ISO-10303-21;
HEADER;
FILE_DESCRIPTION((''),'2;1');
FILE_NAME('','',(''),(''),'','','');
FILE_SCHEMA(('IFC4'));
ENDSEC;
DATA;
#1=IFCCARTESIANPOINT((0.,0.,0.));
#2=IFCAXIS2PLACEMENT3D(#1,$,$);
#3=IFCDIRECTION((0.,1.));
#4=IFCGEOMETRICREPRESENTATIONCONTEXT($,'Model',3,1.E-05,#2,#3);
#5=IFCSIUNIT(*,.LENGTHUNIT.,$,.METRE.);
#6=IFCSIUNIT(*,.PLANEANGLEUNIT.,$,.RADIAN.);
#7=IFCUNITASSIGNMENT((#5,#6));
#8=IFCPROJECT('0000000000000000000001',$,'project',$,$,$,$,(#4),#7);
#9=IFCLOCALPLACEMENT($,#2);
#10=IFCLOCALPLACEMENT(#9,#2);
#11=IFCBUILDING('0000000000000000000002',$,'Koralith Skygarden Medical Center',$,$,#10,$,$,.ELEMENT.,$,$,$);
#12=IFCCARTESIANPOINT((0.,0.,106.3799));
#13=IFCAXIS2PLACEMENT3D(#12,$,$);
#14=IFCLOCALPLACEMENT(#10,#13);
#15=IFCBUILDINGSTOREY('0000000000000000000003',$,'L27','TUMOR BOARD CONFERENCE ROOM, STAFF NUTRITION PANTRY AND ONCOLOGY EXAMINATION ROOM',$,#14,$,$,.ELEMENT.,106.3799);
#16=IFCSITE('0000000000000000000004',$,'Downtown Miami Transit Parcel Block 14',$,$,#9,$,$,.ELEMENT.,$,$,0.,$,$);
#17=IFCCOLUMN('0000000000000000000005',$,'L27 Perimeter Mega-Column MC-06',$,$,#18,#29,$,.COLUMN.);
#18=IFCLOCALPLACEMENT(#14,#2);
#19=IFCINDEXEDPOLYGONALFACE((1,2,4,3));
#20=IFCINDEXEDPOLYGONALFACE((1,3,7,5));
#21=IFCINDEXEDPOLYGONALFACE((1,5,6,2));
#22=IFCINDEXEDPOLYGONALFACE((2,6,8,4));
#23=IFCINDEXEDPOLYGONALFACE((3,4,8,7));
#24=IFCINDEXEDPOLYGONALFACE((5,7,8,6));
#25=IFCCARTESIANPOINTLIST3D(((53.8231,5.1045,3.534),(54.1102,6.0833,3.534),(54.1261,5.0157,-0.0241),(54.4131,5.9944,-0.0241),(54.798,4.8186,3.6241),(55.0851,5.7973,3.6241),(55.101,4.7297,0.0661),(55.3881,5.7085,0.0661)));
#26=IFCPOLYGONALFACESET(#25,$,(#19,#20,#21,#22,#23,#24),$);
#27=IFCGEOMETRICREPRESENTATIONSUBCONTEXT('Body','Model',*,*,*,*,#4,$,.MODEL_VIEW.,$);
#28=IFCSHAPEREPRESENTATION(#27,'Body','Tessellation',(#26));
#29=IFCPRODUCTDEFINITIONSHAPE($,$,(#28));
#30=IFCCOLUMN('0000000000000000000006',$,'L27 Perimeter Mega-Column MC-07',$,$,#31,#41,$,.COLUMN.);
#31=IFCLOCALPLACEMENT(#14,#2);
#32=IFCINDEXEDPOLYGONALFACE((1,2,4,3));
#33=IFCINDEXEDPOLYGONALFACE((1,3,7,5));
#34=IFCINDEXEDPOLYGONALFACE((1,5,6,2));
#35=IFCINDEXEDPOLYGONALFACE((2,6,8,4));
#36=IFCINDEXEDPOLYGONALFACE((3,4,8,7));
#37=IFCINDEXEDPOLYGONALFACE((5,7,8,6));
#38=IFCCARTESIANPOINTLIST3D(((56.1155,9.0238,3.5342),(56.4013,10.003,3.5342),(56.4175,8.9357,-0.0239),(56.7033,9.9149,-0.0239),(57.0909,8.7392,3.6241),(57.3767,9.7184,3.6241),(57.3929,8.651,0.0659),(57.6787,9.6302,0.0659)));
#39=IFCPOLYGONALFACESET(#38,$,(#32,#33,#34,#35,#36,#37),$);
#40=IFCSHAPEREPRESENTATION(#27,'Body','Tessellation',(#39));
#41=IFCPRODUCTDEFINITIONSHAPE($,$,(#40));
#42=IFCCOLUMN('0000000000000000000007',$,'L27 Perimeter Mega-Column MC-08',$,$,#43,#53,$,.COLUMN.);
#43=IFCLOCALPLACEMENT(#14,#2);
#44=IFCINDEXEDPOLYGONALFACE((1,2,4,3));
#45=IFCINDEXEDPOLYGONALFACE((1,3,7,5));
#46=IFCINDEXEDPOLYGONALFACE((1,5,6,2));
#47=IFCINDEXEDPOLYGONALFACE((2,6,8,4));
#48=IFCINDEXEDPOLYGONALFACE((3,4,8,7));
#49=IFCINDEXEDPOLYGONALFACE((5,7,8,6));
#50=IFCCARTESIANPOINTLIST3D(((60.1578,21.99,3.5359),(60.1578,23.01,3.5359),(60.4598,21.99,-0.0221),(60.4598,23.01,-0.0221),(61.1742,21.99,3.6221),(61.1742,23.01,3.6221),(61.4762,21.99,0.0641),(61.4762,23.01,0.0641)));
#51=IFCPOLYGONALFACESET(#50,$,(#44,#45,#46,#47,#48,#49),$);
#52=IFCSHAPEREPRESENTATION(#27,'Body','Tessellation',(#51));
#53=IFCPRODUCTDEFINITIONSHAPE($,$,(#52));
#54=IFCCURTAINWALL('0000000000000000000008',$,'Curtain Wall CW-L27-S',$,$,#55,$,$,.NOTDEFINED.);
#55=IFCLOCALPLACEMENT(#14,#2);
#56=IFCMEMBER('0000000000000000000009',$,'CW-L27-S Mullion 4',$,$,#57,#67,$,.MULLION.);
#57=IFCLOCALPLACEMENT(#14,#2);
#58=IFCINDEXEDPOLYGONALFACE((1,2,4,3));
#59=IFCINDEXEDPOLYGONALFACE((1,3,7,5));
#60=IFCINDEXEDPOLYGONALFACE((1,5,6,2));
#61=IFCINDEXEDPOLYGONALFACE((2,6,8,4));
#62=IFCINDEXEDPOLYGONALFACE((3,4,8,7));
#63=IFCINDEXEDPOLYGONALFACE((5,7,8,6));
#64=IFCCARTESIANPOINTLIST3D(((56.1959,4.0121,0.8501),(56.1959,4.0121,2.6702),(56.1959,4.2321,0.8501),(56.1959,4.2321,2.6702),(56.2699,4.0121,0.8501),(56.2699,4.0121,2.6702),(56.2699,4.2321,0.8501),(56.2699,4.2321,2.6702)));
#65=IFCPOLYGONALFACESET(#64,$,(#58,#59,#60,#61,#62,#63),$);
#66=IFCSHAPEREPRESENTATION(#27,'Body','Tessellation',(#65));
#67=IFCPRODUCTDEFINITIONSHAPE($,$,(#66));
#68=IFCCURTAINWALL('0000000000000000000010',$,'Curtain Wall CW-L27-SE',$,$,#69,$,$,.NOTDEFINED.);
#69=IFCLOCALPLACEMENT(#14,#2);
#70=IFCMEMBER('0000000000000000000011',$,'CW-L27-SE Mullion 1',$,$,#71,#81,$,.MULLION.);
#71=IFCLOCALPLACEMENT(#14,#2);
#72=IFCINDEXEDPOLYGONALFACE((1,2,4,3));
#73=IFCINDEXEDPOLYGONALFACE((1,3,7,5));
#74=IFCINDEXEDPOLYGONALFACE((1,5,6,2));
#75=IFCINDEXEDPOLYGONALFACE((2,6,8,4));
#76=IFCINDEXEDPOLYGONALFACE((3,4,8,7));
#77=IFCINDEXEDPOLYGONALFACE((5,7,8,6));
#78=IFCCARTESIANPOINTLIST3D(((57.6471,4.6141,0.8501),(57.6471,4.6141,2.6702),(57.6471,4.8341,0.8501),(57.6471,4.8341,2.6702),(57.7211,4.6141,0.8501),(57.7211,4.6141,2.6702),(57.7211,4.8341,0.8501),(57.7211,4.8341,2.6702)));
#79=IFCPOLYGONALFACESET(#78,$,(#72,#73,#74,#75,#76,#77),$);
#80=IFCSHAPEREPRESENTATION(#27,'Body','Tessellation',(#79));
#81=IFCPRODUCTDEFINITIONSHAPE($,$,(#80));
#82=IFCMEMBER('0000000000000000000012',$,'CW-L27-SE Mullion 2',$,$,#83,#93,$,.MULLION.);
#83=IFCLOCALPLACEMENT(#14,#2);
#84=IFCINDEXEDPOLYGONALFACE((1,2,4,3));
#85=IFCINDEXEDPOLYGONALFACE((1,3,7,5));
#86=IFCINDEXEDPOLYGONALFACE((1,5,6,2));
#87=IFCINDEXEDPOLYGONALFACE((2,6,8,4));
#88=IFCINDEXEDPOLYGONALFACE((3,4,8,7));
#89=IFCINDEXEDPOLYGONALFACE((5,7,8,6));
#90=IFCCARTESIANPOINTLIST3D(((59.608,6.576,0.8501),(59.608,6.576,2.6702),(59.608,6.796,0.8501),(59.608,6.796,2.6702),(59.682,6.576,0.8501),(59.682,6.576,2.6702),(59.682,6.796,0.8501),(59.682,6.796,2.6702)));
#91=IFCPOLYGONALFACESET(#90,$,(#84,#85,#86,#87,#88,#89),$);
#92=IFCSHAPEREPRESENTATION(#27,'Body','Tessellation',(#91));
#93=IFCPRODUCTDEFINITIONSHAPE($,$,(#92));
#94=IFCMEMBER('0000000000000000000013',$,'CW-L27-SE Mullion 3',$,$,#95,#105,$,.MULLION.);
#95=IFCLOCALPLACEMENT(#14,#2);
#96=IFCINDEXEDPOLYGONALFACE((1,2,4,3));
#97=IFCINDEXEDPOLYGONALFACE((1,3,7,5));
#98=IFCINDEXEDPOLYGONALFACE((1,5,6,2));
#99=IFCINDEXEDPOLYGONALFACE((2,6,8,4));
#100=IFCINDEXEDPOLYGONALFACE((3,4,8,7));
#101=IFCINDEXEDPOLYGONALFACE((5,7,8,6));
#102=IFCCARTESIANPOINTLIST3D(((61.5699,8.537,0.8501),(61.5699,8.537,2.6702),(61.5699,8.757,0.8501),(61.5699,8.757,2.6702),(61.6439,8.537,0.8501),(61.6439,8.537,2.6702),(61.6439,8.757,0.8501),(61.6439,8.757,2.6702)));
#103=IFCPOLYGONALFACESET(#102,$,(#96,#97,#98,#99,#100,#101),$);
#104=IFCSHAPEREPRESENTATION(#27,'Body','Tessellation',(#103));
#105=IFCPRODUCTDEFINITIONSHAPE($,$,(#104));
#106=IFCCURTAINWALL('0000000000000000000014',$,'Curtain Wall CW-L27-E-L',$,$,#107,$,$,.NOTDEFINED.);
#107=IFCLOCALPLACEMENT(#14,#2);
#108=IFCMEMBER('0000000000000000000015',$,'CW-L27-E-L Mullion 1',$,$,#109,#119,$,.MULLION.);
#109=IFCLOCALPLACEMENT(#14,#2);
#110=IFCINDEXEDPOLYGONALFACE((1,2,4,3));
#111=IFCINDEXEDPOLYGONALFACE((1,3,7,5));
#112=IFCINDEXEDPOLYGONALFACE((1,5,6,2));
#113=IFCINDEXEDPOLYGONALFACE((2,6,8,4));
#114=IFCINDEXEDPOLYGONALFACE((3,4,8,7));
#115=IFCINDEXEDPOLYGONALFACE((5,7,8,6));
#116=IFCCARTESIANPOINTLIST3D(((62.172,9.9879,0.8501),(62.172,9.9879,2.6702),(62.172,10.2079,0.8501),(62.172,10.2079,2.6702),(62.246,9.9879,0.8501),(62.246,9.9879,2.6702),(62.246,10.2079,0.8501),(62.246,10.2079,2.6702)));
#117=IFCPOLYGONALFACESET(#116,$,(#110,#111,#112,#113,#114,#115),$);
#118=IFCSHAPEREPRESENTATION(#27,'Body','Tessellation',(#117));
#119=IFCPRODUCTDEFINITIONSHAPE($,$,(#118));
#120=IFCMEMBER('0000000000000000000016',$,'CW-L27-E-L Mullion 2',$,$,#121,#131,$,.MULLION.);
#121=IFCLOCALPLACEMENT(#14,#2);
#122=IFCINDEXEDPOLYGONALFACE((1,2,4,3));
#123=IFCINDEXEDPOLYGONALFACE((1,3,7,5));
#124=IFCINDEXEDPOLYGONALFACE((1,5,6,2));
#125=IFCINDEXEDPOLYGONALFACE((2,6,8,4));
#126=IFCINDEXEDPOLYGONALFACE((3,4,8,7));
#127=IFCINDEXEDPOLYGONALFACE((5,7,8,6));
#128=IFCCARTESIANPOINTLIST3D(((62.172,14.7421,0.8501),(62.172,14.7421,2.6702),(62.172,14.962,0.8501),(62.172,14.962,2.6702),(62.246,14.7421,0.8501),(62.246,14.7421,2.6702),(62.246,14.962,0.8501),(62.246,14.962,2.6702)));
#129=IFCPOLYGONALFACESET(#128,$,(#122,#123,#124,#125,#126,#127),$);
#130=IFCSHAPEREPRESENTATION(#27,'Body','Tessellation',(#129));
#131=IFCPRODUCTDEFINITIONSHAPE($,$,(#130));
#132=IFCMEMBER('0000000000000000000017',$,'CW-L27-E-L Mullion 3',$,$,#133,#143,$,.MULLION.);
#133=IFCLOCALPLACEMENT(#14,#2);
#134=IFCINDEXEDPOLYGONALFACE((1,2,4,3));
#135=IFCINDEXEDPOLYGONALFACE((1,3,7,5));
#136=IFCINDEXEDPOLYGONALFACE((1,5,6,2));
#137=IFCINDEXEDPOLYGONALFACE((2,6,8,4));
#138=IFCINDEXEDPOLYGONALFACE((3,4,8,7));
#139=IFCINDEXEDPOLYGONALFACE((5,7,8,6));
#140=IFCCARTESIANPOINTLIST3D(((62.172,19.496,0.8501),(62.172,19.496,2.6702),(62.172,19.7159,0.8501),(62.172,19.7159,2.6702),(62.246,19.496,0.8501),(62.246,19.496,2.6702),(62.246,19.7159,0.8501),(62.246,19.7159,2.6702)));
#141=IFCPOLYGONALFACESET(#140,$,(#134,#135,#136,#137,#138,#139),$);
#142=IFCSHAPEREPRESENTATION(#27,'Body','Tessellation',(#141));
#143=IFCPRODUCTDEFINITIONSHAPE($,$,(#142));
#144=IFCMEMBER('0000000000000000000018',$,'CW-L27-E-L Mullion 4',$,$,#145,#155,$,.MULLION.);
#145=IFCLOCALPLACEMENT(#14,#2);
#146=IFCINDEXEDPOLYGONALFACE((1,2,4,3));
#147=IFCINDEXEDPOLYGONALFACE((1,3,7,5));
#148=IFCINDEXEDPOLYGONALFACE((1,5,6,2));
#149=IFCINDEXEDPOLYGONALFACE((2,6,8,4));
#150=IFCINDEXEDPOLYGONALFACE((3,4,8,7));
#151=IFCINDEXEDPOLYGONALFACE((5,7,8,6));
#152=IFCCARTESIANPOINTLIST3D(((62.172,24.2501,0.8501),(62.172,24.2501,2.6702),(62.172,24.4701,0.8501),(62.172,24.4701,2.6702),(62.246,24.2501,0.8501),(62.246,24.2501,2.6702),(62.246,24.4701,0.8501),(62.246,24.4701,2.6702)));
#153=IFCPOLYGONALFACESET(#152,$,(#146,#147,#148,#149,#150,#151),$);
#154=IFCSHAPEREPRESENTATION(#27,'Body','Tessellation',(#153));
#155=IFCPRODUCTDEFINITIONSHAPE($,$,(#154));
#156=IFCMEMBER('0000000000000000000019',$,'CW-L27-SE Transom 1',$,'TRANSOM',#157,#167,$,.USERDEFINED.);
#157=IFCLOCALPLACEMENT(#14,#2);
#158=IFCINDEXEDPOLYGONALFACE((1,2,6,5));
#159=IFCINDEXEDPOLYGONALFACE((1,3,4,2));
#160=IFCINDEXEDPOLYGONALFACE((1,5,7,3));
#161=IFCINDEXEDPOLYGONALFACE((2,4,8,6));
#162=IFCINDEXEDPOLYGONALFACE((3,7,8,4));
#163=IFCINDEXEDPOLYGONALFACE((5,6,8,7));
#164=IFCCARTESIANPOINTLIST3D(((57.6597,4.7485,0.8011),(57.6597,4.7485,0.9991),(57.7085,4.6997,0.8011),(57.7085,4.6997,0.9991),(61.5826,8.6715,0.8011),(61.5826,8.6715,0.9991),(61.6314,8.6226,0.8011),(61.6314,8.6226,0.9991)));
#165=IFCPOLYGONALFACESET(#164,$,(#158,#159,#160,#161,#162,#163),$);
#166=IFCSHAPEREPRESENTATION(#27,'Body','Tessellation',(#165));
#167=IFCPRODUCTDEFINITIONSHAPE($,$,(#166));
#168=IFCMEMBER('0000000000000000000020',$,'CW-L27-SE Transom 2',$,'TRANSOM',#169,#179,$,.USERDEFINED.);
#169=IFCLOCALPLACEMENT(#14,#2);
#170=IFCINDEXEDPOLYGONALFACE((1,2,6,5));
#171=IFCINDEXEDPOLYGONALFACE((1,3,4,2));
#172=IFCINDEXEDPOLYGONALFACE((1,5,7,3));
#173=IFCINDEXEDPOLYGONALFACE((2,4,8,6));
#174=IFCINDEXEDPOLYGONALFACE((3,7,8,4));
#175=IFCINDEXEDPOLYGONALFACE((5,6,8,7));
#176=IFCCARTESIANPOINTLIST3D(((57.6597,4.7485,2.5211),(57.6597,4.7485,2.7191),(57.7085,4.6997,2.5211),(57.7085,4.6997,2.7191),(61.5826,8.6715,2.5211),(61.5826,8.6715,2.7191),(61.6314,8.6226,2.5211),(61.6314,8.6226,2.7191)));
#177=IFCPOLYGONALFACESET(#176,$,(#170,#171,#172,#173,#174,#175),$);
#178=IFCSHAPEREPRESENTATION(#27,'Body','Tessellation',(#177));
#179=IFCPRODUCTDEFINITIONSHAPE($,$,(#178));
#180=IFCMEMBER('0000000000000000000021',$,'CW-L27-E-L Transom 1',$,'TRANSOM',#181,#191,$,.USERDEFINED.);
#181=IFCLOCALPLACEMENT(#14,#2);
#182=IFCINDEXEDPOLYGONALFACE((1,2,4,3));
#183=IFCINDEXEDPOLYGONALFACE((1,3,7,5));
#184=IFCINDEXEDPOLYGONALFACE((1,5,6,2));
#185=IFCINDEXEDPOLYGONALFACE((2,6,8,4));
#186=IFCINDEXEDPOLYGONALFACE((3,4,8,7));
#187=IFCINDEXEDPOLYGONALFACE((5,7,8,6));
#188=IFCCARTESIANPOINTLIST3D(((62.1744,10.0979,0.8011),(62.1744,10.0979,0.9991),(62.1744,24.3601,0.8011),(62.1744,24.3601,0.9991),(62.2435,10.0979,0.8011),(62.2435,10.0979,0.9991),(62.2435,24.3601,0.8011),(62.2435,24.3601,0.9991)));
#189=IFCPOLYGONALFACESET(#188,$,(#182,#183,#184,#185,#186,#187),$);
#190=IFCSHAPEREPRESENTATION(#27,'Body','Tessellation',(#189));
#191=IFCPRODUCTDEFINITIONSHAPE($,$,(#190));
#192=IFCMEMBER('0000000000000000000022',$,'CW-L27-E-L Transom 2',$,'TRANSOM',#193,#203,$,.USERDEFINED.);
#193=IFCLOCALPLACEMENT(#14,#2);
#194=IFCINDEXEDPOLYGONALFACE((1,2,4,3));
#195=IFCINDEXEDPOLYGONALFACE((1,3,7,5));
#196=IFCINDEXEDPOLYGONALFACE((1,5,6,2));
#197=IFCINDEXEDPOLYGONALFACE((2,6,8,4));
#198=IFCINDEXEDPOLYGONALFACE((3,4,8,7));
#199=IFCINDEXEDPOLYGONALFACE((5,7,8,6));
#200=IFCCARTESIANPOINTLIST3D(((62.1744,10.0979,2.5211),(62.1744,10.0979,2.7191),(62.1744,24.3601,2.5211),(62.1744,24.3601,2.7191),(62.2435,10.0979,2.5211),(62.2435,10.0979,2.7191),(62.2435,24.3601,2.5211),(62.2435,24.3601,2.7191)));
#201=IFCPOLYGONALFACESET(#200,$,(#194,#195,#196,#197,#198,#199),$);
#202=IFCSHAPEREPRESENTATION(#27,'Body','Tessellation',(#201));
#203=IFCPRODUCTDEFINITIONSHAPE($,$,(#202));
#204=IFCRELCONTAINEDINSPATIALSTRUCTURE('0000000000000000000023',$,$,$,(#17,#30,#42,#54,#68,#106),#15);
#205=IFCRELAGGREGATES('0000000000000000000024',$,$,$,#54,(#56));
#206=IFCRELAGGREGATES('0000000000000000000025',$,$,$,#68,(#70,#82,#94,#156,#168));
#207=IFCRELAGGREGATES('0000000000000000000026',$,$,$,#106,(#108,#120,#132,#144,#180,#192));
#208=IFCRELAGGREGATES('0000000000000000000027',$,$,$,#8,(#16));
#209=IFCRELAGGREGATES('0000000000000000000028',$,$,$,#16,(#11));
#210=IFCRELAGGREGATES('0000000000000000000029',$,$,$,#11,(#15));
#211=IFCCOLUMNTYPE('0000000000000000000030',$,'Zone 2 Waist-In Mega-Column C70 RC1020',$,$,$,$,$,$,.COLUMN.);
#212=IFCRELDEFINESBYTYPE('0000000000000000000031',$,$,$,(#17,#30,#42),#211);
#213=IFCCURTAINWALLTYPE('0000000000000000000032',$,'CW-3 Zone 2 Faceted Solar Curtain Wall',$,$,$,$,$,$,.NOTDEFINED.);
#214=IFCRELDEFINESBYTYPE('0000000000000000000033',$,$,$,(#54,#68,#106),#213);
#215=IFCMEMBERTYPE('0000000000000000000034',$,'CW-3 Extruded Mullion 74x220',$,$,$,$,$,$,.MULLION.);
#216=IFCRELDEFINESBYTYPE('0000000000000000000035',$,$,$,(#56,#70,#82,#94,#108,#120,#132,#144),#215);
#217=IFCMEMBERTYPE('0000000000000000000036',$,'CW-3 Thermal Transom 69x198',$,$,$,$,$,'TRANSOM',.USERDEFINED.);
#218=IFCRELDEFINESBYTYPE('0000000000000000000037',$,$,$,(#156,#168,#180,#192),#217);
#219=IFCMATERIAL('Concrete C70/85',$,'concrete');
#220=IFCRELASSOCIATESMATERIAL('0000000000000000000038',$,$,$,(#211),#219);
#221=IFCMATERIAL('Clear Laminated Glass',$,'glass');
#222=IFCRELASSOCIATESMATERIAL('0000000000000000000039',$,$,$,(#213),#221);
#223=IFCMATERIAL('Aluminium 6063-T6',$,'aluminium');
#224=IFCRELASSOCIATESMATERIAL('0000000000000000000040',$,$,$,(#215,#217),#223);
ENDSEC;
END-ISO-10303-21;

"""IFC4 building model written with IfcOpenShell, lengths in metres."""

from ifc_helpers import new_model, si_unit, direction, frame, origin, origin_2d, place, context, subcontext, project, spatial, rectangle, extrude, material, material_profile, profile_set, type_object, element, aggregate, save


model = new_model("IFC4")

# Units and contexts
model_context = context("Model", 3, precision=1e-05, world=origin(), true_north=direction((0.0, 1.0)))
body_context = subcontext(model_context, "Body", "Model", "MODEL_VIEW")
ifc_project = project(units=[si_unit("LENGTHUNIT", "METRE"), si_unit("PLANEANGLEUNIT", "RADIAN")], contexts=[model_context])

# Site, building, storey
site_placement = place(None, origin())
site = spatial("IfcSite", under=ifc_project, at=site_placement, Name="Downtown Miami Transit Parcel Block 14", CompositionType="ELEMENT", RefElevation=0.0)
building_placement = place(site_placement, origin())
building = spatial("IfcBuilding", under=site, at=building_placement, Name="Koralith Skygarden Medical Center", CompositionType="ELEMENT")
storey_placement = place(building_placement, frame((0.0, 0.0, 106.3799)))
storey = spatial("IfcBuildingStorey", under=building, at=storey_placement, Name="L27", Description="TUMOR BOARD CONFERENCE ROOM, STAFF NUTRITION PANTRY AND ONCOLOGY EXAMINATION ROOM", CompositionType="ELEMENT", Elevation=106.3799)

# Columns
ifc_material_1 = material(Name="Concrete C70/85", Category="concrete")
ifc_material_profile_1 = material_profile(ifc_material_1, rectangle(XDim=1.02, YDim=1.02, at=origin_2d()), Name="RC1020X1020")
ifc_profile_set_1 = profile_set([ifc_material_profile_1], Name="Concrete C70/85")
column_type = type_object("IfcColumnType", Name="Zone 2 Waist-In Mega-Column C70 RC1020", PredefinedType="COLUMN", material=ifc_profile_set_1)
for number, where, z_axis, x_axis, name in (
    (1, (54.7571, 5.3621, 0.021), (-0.084818, 0.024878, 0.996086), (-0.281455, -0.959575, 0.0), "L27 Perimeter Mega-Column MC-06"),
    (2, (57.0481, 9.283, 0.021), (-0.084547, 0.024674, 0.996114), (-0.280149, -0.959957, 0.0), "L27 Perimeter Mega-Column MC-07"),
):
    element("IfcColumn", number, at=place(storey_placement, frame(where, z_axis=z_axis, x_axis=x_axis)), inside=storey, type_object=column_type, Name=name, PredefinedType="COLUMN", context=body_context, shape_type="SweptSolid", body=[
        extrude(rectangle(XDim=1.02, YDim=1.02, at=origin_2d()), origin(), (0.0, 0.0, 1.0), 3.572),
    ])
column_placement = place(storey_placement, frame((60.968, 22.5, 0.021), z_axis=(-0.084573, 0.0, 0.996417), x_axis=(0.0, -1.0, 0.0)))
element("IfcColumn", 3, at=column_placement, inside=storey, type_object=column_type, Name="L27 Perimeter Mega-Column MC-08", PredefinedType="COLUMN", context=body_context, shape_type="SweptSolid", body=[
    extrude(rectangle(XDim=1.02, YDim=1.02, at=origin_2d()), origin(), (0.0, 0.0, 1.0), 3.5708),
])

# Curtain wall, member
ifc_material_2 = material(Name="Clear Laminated Glass", Category="glass")
curtain_wall_type = type_object("IfcCurtainWallType", Name="CW-3 Zone 2 Faceted Solar Curtain Wall", PredefinedType="NOTDEFINED", material=ifc_material_2)
curtain_wall_1_placement = place(storey_placement, origin())
curtain_wall_1 = element("IfcCurtainWall", 4, at=curtain_wall_1_placement, inside=storey, type_object=curtain_wall_type, Name="Curtain Wall CW-L27-S", PredefinedType="NOTDEFINED")
ifc_material_3 = material(Name="Aluminium 6063-T6", Category="aluminium")
ifc_material_profile_2 = material_profile(ifc_material_3, rectangle(XDim=0.074, YDim=0.22, at=origin_2d()), Name="MUL74X220")
ifc_profile_set_2 = profile_set([ifc_material_profile_2], Name="Aluminium 6063-T6")
member_type_1 = type_object("IfcMemberType", Name="CW-3 Extruded Mullion 74x220", PredefinedType="MULLION", material=ifc_profile_set_2)
member_1_placement = place(storey_placement, frame((56.2329, 4.1221, 0.8501), z_axis=(0.0, 0.0, 1.0), x_axis=(1.0, 0.0, 0.0)))
member_1 = element("IfcMember", 5, at=member_1_placement, type_object=member_type_1, Name="CW-L27-S Mullion 4", PredefinedType="MULLION", context=body_context, shape_type="SweptSolid", body=[
    extrude(rectangle(XDim=0.074, YDim=0.22, at=origin_2d()), origin(), (0.0, 0.0, 1.0), 1.8201),
])
aggregate(curtain_wall_1, [member_1])

# Curtain walls, members
curtain_wall_2_placement = place(storey_placement, origin())
curtain_wall_2 = element("IfcCurtainWall", 6, at=curtain_wall_2_placement, inside=storey, type_object=curtain_wall_type, Name="Curtain Wall CW-L27-SE", PredefinedType="NOTDEFINED")
member_2_placement = place(storey_placement, frame((57.6841, 4.7241, 0.8501), z_axis=(0.0, 0.0, 1.0), x_axis=(1.0, 0.0, 0.0)))
member_2 = element("IfcMember", 7, at=member_2_placement, type_object=member_type_1, Name="CW-L27-SE Mullion 1", PredefinedType="MULLION", context=body_context, shape_type="SweptSolid", body=[
    extrude(rectangle(XDim=0.074, YDim=0.22, at=origin_2d()), origin(), (0.0, 0.0, 1.0), 1.8201),
])
member_3_placement = place(storey_placement, frame((59.645, 6.686, 0.8501), z_axis=(0.0, 0.0, 1.0), x_axis=(1.0, 0.0, 0.0)))
member_3 = element("IfcMember", 8, at=member_3_placement, type_object=member_type_1, Name="CW-L27-SE Mullion 2", PredefinedType="MULLION", context=body_context, shape_type="SweptSolid", body=[
    extrude(rectangle(XDim=0.074, YDim=0.22, at=origin_2d()), origin(), (0.0, 0.0, 1.0), 1.8201),
])
member_4_placement = place(storey_placement, frame((61.6069, 8.647, 0.8501), z_axis=(0.0, 0.0, 1.0), x_axis=(1.0, 0.0, 0.0)))
member_4 = element("IfcMember", 9, at=member_4_placement, type_object=member_type_1, Name="CW-L27-SE Mullion 3", PredefinedType="MULLION", context=body_context, shape_type="SweptSolid", body=[
    extrude(rectangle(XDim=0.074, YDim=0.22, at=origin_2d()), origin(), (0.0, 0.0, 1.0), 1.8201),
])
curtain_wall_3_placement = place(storey_placement, origin())
curtain_wall_3 = element("IfcCurtainWall", 10, at=curtain_wall_3_placement, inside=storey, type_object=curtain_wall_type, Name="Curtain Wall CW-L27-E-L", PredefinedType="NOTDEFINED")
member_5_placement = place(storey_placement, frame((62.209, 10.0979, 0.8501), z_axis=(0.0, 0.0, 1.0), x_axis=(1.0, 0.0, 0.0)))
member_5 = element("IfcMember", 11, at=member_5_placement, type_object=member_type_1, Name="CW-L27-E-L Mullion 1", PredefinedType="MULLION", context=body_context, shape_type="SweptSolid", body=[
    extrude(rectangle(XDim=0.074, YDim=0.22, at=origin_2d()), origin(), (0.0, 0.0, 1.0), 1.8201),
])
member_6_placement = place(storey_placement, frame((62.209, 14.8521, 0.8501), z_axis=(0.0, 0.0, 1.0), x_axis=(1.0, 0.0, 0.0)))
member_6 = element("IfcMember", 12, at=member_6_placement, type_object=member_type_1, Name="CW-L27-E-L Mullion 2", PredefinedType="MULLION", context=body_context, shape_type="SweptSolid", body=[
    extrude(rectangle(XDim=0.074, YDim=0.22, at=origin_2d()), origin(), (0.0, 0.0, 1.0), 1.8201),
])
member_7_placement = place(storey_placement, frame((62.209, 19.606, 0.8501), z_axis=(0.0, 0.0, 1.0), x_axis=(1.0, 0.0, 0.0)))
member_7 = element("IfcMember", 13, at=member_7_placement, type_object=member_type_1, Name="CW-L27-E-L Mullion 3", PredefinedType="MULLION", context=body_context, shape_type="SweptSolid", body=[
    extrude(rectangle(XDim=0.074, YDim=0.22, at=origin_2d()), origin(), (0.0, 0.0, 1.0), 1.8201),
])
member_8_placement = place(storey_placement, frame((62.209, 24.3601, 0.8501), z_axis=(0.0, 0.0, 1.0), x_axis=(1.0, 0.0, 0.0)))
member_8 = element("IfcMember", 14, at=member_8_placement, type_object=member_type_1, Name="CW-L27-E-L Mullion 4", PredefinedType="MULLION", context=body_context, shape_type="SweptSolid", body=[
    extrude(rectangle(XDim=0.074, YDim=0.22, at=origin_2d()), origin(), (0.0, 0.0, 1.0), 1.8201),
])

# Members
ifc_material_profile_3 = material_profile(ifc_material_3, rectangle(XDim=0.0691, YDim=0.198, at=origin_2d()), Name="TRN69X198")
ifc_profile_set_3 = profile_set([ifc_material_profile_3], Name="Aluminium 6063-T6")
member_type_2 = type_object("IfcMemberType", Name="CW-3 Thermal Transom 69x198", ElementType="TRANSOM", PredefinedType="USERDEFINED", material=ifc_profile_set_3)
member_9_placement = place(storey_placement, frame((57.6841, 4.7241, 0.9001), z_axis=(0.707107, 0.707107, 0.0), x_axis=(-0.707107, 0.707107, 0.0)))
member_9 = element("IfcMember", 15, at=member_9_placement, type_object=member_type_2, Name="CW-L27-SE Transom 1", ObjectType="TRANSOM", PredefinedType="USERDEFINED", context=body_context, shape_type="SweptSolid", body=[
    extrude(rectangle(XDim=0.0691, YDim=0.198, at=origin_2d()), origin(), (0.0, 0.0, 1.0), 5.5479),
])
member_10_placement = place(storey_placement, frame((57.6841, 4.7241, 2.6201), z_axis=(0.707107, 0.707107, 0.0), x_axis=(-0.707107, 0.707107, 0.0)))
member_10 = element("IfcMember", 16, at=member_10_placement, type_object=member_type_2, Name="CW-L27-SE Transom 2", ObjectType="TRANSOM", PredefinedType="USERDEFINED", context=body_context, shape_type="SweptSolid", body=[
    extrude(rectangle(XDim=0.0691, YDim=0.198, at=origin_2d()), origin(), (0.0, 0.0, 1.0), 5.5479),
])
member_11_placement = place(storey_placement, frame((62.209, 10.0979, 0.9001), z_axis=(0.0, 1.0, 0.0), x_axis=(-1.0, 0.0, 0.0)))
member_11 = element("IfcMember", 17, at=member_11_placement, type_object=member_type_2, Name="CW-L27-E-L Transom 1", ObjectType="TRANSOM", PredefinedType="USERDEFINED", context=body_context, shape_type="SweptSolid", body=[
    extrude(rectangle(XDim=0.0691, YDim=0.198, at=origin_2d()), origin(), (0.0, 0.0, 1.0), 14.2622),
])
member_12_placement = place(storey_placement, frame((62.209, 10.0979, 2.6201), z_axis=(0.0, 1.0, 0.0), x_axis=(-1.0, 0.0, 0.0)))
member_12 = element("IfcMember", 18, at=member_12_placement, type_object=member_type_2, Name="CW-L27-E-L Transom 2", ObjectType="TRANSOM", PredefinedType="USERDEFINED", context=body_context, shape_type="SweptSolid", body=[
    extrude(rectangle(XDim=0.0691, YDim=0.198, at=origin_2d()), origin(), (0.0, 0.0, 1.0), 14.2622),
])

aggregate(curtain_wall_2, [member_2, member_3, member_4, member_9, member_10])
aggregate(curtain_wall_3, [member_5, member_6, member_7, member_8, member_11, member_12])

save(model, "model.ifc")
